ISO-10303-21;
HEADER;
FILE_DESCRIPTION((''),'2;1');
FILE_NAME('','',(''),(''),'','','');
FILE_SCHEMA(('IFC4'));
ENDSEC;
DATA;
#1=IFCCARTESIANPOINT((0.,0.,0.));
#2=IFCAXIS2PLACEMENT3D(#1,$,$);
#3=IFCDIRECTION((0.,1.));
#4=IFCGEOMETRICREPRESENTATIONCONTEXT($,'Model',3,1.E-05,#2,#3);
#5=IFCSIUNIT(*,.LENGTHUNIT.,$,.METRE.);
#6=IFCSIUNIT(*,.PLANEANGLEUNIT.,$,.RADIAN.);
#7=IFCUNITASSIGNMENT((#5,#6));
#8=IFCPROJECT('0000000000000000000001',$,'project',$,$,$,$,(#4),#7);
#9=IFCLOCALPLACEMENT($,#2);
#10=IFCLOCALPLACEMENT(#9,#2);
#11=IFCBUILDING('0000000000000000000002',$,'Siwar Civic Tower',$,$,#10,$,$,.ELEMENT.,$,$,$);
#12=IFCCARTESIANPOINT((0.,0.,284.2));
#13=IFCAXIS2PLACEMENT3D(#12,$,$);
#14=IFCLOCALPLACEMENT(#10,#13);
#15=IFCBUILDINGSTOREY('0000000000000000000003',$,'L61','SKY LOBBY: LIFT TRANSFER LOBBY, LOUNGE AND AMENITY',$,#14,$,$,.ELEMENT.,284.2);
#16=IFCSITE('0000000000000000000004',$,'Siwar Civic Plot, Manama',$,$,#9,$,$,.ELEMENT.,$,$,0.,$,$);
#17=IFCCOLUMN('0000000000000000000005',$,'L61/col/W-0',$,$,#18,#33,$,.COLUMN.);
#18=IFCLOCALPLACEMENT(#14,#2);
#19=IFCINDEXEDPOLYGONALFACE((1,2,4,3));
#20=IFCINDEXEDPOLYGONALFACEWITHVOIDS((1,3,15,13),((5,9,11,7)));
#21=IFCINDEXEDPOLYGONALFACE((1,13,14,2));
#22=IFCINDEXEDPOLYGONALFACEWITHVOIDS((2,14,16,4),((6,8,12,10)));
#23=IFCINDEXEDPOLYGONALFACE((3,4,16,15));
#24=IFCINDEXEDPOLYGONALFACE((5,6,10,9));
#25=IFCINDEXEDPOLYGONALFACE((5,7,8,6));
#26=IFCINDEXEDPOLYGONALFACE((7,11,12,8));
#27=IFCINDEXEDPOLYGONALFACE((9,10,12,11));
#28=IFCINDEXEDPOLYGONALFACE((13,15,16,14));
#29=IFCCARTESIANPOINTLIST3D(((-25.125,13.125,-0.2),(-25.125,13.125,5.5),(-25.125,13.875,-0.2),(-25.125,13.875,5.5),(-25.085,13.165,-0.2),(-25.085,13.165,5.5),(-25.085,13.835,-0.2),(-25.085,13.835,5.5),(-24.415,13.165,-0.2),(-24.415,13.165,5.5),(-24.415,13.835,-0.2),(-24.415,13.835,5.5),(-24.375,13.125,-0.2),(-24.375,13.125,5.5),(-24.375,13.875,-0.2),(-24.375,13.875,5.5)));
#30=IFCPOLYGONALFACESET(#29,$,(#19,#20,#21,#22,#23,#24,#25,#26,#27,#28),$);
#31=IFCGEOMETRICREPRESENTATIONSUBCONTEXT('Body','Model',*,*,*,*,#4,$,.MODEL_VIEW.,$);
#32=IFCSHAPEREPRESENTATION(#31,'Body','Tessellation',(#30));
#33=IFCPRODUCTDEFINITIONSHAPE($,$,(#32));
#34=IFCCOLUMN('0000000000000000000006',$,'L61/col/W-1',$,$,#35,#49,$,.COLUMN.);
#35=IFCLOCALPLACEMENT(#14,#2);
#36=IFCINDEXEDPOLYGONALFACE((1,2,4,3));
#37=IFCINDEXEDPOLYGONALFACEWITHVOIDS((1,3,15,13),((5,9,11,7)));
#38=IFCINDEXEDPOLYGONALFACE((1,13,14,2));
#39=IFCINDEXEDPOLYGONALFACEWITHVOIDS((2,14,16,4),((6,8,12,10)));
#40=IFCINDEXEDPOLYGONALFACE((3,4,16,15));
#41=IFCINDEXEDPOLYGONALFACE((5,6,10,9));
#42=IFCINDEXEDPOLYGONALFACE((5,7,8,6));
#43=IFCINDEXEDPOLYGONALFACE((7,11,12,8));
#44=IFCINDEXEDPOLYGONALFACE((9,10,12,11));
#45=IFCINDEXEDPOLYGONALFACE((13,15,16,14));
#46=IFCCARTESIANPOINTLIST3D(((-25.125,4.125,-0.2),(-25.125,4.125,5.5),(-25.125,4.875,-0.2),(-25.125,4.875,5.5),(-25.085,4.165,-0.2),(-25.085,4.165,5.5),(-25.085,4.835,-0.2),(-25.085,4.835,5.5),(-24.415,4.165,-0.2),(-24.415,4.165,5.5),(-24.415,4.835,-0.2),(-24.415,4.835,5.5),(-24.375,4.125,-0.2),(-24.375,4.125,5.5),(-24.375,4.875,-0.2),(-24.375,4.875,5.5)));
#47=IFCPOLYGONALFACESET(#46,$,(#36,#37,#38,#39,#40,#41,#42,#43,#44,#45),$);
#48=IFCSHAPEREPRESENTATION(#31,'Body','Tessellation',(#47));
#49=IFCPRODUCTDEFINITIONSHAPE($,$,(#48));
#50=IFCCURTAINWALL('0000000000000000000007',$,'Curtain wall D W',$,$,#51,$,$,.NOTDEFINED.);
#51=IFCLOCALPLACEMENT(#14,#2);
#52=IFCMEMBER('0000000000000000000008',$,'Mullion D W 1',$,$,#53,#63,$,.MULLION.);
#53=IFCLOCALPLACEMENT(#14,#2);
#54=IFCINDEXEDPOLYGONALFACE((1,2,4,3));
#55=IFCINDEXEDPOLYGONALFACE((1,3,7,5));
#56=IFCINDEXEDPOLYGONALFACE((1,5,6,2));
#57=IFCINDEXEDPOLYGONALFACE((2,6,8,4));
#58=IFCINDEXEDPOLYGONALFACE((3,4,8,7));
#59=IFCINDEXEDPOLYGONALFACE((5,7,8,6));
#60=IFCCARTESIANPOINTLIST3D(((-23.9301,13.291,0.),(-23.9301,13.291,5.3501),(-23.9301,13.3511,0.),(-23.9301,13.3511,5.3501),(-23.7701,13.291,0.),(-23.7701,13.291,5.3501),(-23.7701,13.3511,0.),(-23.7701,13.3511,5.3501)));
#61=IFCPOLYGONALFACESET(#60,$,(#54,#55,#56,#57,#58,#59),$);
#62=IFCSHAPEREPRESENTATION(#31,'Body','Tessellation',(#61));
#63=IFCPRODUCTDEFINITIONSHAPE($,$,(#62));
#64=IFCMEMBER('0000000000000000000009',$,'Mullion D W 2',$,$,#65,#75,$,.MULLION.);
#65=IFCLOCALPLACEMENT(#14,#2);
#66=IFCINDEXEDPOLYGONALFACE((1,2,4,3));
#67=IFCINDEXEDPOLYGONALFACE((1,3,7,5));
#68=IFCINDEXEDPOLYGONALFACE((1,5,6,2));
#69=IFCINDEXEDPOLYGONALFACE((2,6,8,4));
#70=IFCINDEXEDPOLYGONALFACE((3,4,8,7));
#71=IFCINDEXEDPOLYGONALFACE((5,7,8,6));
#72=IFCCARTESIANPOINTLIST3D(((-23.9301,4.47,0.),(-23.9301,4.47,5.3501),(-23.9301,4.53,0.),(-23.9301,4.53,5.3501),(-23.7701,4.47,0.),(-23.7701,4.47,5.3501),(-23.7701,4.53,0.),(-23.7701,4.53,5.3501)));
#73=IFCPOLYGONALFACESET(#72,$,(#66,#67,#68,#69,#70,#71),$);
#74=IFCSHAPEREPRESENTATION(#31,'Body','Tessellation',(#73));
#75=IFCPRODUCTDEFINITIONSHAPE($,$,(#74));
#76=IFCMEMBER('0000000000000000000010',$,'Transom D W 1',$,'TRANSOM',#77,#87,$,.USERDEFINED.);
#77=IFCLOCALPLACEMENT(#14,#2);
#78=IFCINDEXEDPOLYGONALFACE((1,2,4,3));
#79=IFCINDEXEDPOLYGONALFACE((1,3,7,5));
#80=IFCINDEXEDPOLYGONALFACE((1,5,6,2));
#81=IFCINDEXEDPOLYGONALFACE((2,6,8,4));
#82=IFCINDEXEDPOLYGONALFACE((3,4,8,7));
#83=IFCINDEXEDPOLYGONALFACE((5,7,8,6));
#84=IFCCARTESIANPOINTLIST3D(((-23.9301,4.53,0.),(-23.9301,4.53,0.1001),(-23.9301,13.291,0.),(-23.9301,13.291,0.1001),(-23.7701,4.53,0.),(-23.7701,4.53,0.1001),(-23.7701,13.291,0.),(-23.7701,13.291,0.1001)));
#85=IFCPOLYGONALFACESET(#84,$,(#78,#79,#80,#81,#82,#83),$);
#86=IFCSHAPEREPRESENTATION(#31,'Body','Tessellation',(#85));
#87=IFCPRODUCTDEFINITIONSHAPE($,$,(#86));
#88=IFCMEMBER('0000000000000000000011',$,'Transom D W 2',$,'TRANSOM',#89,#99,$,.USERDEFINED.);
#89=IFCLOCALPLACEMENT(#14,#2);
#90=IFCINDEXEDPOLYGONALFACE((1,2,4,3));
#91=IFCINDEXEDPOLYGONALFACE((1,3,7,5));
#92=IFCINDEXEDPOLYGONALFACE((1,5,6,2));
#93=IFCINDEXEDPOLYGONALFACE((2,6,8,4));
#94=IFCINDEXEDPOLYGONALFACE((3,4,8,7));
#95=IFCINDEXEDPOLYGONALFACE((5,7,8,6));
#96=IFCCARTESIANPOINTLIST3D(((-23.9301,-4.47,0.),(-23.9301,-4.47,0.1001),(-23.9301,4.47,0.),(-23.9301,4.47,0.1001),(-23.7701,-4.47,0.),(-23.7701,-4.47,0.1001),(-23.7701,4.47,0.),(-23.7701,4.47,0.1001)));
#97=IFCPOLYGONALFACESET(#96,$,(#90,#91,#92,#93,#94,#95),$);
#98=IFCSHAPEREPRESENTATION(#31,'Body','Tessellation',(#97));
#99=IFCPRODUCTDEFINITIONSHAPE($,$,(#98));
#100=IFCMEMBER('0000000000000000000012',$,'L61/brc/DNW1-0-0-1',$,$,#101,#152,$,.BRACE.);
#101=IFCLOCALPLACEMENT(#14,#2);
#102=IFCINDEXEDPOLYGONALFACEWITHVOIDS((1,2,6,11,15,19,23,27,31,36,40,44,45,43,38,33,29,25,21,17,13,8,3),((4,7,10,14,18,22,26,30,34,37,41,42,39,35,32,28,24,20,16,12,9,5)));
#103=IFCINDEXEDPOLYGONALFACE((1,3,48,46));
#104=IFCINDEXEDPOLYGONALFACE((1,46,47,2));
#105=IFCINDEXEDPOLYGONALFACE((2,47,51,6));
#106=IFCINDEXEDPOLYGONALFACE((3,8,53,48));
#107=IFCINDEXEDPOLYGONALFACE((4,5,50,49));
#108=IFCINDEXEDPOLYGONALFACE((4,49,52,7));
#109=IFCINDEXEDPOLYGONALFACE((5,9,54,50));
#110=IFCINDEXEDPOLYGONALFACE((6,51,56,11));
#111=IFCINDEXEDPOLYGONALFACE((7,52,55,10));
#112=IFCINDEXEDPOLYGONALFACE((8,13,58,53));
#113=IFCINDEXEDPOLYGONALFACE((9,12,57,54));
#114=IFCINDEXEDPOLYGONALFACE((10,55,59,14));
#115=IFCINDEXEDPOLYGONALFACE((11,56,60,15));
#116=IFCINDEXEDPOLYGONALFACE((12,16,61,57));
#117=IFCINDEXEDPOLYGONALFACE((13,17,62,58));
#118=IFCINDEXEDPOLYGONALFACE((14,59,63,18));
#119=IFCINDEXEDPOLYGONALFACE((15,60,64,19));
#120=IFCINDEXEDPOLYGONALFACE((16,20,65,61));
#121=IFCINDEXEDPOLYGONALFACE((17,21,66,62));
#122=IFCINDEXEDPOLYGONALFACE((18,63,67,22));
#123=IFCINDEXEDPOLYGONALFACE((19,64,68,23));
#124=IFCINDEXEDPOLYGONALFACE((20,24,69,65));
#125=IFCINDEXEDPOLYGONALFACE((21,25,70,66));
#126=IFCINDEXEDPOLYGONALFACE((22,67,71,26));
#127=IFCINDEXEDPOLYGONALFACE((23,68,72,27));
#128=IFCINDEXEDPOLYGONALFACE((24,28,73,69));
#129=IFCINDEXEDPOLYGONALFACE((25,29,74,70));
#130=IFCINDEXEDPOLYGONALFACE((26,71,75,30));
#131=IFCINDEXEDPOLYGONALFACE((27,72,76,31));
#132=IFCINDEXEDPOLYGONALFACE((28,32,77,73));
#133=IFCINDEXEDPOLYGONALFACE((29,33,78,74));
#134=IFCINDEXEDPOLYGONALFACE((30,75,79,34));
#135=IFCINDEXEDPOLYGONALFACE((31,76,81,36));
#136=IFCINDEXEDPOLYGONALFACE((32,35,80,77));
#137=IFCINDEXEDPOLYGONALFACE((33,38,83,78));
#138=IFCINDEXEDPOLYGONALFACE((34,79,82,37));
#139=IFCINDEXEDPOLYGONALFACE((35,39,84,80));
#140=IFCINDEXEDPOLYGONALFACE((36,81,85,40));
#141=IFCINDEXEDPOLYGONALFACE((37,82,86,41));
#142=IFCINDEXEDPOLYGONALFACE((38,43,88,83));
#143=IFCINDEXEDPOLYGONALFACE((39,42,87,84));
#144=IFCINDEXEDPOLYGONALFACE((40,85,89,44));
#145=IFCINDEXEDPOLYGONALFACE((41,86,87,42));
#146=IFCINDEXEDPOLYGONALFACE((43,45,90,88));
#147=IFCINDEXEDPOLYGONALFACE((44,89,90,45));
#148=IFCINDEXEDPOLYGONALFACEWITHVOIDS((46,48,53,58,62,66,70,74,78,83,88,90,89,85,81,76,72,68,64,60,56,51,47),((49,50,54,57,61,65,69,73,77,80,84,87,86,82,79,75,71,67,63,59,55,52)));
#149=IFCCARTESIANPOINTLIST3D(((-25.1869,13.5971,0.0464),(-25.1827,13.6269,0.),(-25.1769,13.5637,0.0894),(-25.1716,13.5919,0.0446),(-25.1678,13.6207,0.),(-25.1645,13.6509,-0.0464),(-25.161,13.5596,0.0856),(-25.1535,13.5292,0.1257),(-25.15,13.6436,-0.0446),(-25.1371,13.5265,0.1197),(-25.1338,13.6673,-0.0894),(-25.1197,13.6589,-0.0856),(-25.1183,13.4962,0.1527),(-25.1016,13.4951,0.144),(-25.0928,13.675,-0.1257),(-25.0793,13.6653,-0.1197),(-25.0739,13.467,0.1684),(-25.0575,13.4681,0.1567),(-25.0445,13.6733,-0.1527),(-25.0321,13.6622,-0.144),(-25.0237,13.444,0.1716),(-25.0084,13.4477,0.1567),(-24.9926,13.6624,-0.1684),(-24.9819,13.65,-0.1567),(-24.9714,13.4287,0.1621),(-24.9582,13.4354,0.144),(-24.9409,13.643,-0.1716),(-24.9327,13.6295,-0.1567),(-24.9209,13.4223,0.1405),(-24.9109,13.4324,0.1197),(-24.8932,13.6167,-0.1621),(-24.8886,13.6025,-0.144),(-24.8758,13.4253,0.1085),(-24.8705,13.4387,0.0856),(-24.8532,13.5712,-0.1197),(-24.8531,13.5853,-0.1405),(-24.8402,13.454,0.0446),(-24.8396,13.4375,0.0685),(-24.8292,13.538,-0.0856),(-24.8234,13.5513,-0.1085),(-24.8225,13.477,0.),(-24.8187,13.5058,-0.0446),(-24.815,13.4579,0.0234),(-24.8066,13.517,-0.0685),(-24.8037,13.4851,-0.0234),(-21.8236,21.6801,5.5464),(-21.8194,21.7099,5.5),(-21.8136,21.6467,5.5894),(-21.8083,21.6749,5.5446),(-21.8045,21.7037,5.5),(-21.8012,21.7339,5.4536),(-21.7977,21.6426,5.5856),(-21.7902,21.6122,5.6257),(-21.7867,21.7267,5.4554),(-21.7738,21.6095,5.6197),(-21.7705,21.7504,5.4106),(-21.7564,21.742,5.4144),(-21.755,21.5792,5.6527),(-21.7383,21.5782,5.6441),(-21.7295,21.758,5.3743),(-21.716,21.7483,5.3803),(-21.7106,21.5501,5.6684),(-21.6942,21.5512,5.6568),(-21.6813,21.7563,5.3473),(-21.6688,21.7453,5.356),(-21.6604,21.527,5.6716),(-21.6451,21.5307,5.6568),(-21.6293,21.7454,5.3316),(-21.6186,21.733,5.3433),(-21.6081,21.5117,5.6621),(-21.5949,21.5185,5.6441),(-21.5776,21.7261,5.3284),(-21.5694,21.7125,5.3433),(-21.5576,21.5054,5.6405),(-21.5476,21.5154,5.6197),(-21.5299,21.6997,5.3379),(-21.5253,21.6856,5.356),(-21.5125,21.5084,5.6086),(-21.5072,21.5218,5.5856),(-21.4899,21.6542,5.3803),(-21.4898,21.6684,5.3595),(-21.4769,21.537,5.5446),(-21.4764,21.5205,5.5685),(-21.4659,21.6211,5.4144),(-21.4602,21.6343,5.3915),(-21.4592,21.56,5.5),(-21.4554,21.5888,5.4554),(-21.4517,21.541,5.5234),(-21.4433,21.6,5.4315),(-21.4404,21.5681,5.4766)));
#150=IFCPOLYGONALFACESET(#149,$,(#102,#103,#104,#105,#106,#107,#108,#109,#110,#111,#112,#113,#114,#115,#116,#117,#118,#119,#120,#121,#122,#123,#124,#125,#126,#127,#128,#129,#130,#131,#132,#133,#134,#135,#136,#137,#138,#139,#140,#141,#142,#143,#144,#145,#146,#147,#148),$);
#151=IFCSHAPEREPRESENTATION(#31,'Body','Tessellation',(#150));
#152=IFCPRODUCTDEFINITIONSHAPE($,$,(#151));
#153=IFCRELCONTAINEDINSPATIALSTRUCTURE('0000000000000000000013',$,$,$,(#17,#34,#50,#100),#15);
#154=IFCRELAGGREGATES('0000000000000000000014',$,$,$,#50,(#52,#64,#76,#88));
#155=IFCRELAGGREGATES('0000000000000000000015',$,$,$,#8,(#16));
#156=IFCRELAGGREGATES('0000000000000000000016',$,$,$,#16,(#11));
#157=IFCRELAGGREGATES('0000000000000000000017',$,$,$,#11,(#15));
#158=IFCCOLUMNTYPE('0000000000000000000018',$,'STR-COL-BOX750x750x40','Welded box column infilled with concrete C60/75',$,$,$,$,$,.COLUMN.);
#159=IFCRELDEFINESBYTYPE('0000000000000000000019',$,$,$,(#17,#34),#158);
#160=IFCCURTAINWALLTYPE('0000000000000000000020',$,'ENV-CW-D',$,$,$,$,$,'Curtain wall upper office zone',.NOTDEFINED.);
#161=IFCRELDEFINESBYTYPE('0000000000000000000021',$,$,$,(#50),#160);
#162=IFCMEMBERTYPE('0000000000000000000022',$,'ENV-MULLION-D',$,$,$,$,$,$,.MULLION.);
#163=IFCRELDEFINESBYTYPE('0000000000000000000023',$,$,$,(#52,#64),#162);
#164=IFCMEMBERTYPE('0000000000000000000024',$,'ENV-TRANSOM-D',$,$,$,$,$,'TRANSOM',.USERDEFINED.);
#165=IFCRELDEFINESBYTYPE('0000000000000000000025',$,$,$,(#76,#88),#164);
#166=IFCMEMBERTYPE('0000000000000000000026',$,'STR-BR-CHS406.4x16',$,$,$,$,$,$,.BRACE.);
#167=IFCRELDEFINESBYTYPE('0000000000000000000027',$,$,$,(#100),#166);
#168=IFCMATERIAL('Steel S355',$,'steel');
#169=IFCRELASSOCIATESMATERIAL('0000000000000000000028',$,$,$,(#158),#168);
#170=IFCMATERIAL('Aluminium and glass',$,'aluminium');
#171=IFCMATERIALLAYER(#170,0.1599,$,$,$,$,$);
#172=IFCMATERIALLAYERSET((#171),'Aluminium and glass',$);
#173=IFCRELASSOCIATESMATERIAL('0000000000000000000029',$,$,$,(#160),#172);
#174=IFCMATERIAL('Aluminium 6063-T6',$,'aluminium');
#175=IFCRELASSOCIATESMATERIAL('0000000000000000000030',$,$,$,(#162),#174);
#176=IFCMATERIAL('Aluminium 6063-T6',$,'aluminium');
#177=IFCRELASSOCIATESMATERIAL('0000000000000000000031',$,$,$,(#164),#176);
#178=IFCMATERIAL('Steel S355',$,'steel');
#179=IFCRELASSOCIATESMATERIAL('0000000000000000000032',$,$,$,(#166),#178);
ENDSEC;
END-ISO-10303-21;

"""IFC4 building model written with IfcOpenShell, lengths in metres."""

from ifc_helpers import new_model, si_unit, direction, frame, origin, origin_2d, place, context, subcontext, project, spatial, rectangle, hollow_rectangle, hollow_circle, extrude, material, layer, layer_set, material_profile, profile_set, type_object, element, aggregate, save


model = new_model("IFC4")

# Units and contexts
model_context = context("Model", 3, precision=1e-05, world=origin(), true_north=direction((0.0, 1.0)))
body_context = subcontext(model_context, "Body", "Model", "MODEL_VIEW")
ifc_project = project(units=[si_unit("LENGTHUNIT", "METRE"), si_unit("PLANEANGLEUNIT", "RADIAN")], contexts=[model_context])

# Site, building, storey
site_placement = place(None, origin())
site = spatial("IfcSite", under=ifc_project, at=site_placement, Name="Siwar Civic Plot, Manama", CompositionType="ELEMENT", RefElevation=0.0)
building_placement = place(site_placement, origin())
building = spatial("IfcBuilding", under=site, at=building_placement, Name="Siwar Civic Tower", CompositionType="ELEMENT")
storey_placement = place(building_placement, frame((0.0, 0.0, 284.2)))
storey = spatial("IfcBuildingStorey", under=building, at=storey_placement, Name="L61", Description="SKY LOBBY: LIFT TRANSFER LOBBY, LOUNGE AND AMENITY", CompositionType="ELEMENT", Elevation=284.2)

# Columns
ifc_material_1 = material(Name="Steel S355", Category="steel")
ifc_material_profile_1 = material_profile(ifc_material_1, hollow_rectangle(XDim=0.75, YDim=0.75, WallThickness=0.04, at=origin_2d()), Name="BOX750x750x40")
ifc_profile_set_1 = profile_set([ifc_material_profile_1], Name="Steel S355")
column_type = type_object("IfcColumnType", Name="STR-COL-BOX750x750x40", Description="Welded box column infilled with concrete C60/75", PredefinedType="COLUMN", material=ifc_profile_set_1)
for number, where, z_axis, x_axis, name in (
    (1, (-24.75, 13.5, -0.2), (0.0, 0.0, 1.0), (1.0, 0.0, 0.0), "L61/col/W-0"),
    (2, (-24.75, 4.5, -0.2), (0.0, 0.0, 1.0), (1.0, 0.0, 0.0), "L61/col/W-1"),
):
    element("IfcColumn", number, at=place(storey_placement, frame(where, z_axis=z_axis, x_axis=x_axis)), inside=storey, type_object=column_type, Name=name, PredefinedType="COLUMN", context=body_context, shape_type="SweptSolid", body=[
        extrude(hollow_rectangle(XDim=0.75, YDim=0.75, WallThickness=0.04, at=origin_2d()), origin(), (0.0, 0.0, 1.0), 5.7),
    ])

# Curtain wall, members
ifc_material_2 = material(Name="Aluminium and glass", Category="aluminium")
ifc_layer_1 = layer(ifc_material_2, 0.1599)
ifc_layer_set_1 = layer_set([ifc_layer_1], Name="Aluminium and glass")
curtain_wall_type = type_object("IfcCurtainWallType", Name="ENV-CW-D", ElementType="Curtain wall upper office zone", PredefinedType="NOTDEFINED", material=ifc_layer_set_1)
curtain_wall_placement = place(storey_placement, origin())
curtain_wall = element("IfcCurtainWall", 3, at=curtain_wall_placement, inside=storey, type_object=curtain_wall_type, Name="Curtain wall D W", PredefinedType="NOTDEFINED")
ifc_material_3 = material(Name="Aluminium 6063-T6", Category="aluminium")
ifc_material_profile_2 = material_profile(ifc_material_3, rectangle(XDim=0.1599, YDim=0.0601, at=origin_2d()), Name="AL 160x60")
ifc_profile_set_2 = profile_set([ifc_material_profile_2], Name="Aluminium 6063-T6")
member_type_1 = type_object("IfcMemberType", Name="ENV-MULLION-D", PredefinedType="MULLION", material=ifc_profile_set_2)
member_1_placement = place(storey_placement, frame((-23.8501, 13.321, 0.0), z_axis=(0.0, 0.0, 1.0), x_axis=(1.0, 0.0, 0.0)))
member_1 = element("IfcMember", 4, at=member_1_placement, type_object=member_type_1, Name="Mullion D W 1", PredefinedType="MULLION", context=body_context, shape_type="SweptSolid", body=[
    extrude(rectangle(XDim=0.1599, YDim=0.0601, at=origin_2d()), origin(), (0.0, 0.0, 1.0), 5.3501),
])
member_2_placement = place(storey_placement, frame((-23.8501, 4.5, 0.0), z_axis=(0.0, 0.0, 1.0), x_axis=(1.0, 0.0, 0.0)))
member_2 = element("IfcMember", 5, at=member_2_placement, type_object=member_type_1, Name="Mullion D W 2", PredefinedType="MULLION", context=body_context, shape_type="SweptSolid", body=[
    extrude(rectangle(XDim=0.1599, YDim=0.0601, at=origin_2d()), origin(), (0.0, 0.0, 1.0), 5.3501),
])
ifc_material_4 = material(Name="Aluminium 6063-T6", Category="aluminium")
ifc_material_profile_3 = material_profile(ifc_material_4, rectangle(XDim=0.1599, YDim=0.1001, at=origin_2d()), Name="AL 160x100")
ifc_profile_set_3 = profile_set([ifc_material_profile_3], Name="Aluminium 6063-T6")
member_type_2 = type_object("IfcMemberType", Name="ENV-TRANSOM-D", ElementType="TRANSOM", PredefinedType="USERDEFINED", material=ifc_profile_set_3)
member_3_placement = place(storey_placement, frame((-23.8501, 13.291, 0.05), z_axis=(0.0, -1.0, 0.0), x_axis=(1.0, 0.0, 0.0)))
member_3 = element("IfcMember", 6, at=member_3_placement, type_object=member_type_2, Name="Transom D W 1", ObjectType="TRANSOM", PredefinedType="USERDEFINED", context=body_context, shape_type="SweptSolid", body=[
    extrude(rectangle(XDim=0.1599, YDim=0.1001, at=origin_2d()), origin(), (0.0, 0.0, 1.0), 8.761),
])
member_4_placement = place(storey_placement, frame((-23.8501, 4.47, 0.05), z_axis=(0.0, -1.0, 0.0), x_axis=(1.0, 0.0, 0.0)))
member_4 = element("IfcMember", 7, at=member_4_placement, type_object=member_type_2, Name="Transom D W 2", ObjectType="TRANSOM", PredefinedType="USERDEFINED", context=body_context, shape_type="SweptSolid", body=[
    extrude(rectangle(XDim=0.1599, YDim=0.1001, at=origin_2d()), origin(), (0.0, 0.0, 1.0), 8.9399),
])

# Member
ifc_material_5 = material(Name="Steel S355", Category="steel")
ifc_material_profile_4 = material_profile(ifc_material_5, hollow_circle(Radius=0.2031, WallThickness=0.0161, at=origin_2d()), Name="CHS406.4x16")
ifc_profile_set_4 = profile_set([ifc_material_profile_4], Name="Steel S355")
member_type_3 = type_object("IfcMemberType", Name="STR-BR-CHS406.4x16", PredefinedType="BRACE", material=ifc_profile_set_4)
member_5_placement = place(storey_placement, frame((-24.9951, 13.5488, 0.0), z_axis=(0.325298, 0.781791, 0.531962), x_axis=(-0.923265, 0.384164, 0.0)))
element("IfcMember", 8, at=member_5_placement, inside=storey, type_object=member_type_3, Name="L61/brc/DNW1-0-0-1", PredefinedType="BRACE", context=body_context, shape_type="SweptSolid", body=[
    extrude(hollow_circle(Radius=0.2031, WallThickness=0.0161, at=origin_2d()), origin(), (0.0, 0.0, 1.0), 10.3391),
])

aggregate(curtain_wall, [member_1, member_2, member_3, member_4])

save(model, "model.ifc")
